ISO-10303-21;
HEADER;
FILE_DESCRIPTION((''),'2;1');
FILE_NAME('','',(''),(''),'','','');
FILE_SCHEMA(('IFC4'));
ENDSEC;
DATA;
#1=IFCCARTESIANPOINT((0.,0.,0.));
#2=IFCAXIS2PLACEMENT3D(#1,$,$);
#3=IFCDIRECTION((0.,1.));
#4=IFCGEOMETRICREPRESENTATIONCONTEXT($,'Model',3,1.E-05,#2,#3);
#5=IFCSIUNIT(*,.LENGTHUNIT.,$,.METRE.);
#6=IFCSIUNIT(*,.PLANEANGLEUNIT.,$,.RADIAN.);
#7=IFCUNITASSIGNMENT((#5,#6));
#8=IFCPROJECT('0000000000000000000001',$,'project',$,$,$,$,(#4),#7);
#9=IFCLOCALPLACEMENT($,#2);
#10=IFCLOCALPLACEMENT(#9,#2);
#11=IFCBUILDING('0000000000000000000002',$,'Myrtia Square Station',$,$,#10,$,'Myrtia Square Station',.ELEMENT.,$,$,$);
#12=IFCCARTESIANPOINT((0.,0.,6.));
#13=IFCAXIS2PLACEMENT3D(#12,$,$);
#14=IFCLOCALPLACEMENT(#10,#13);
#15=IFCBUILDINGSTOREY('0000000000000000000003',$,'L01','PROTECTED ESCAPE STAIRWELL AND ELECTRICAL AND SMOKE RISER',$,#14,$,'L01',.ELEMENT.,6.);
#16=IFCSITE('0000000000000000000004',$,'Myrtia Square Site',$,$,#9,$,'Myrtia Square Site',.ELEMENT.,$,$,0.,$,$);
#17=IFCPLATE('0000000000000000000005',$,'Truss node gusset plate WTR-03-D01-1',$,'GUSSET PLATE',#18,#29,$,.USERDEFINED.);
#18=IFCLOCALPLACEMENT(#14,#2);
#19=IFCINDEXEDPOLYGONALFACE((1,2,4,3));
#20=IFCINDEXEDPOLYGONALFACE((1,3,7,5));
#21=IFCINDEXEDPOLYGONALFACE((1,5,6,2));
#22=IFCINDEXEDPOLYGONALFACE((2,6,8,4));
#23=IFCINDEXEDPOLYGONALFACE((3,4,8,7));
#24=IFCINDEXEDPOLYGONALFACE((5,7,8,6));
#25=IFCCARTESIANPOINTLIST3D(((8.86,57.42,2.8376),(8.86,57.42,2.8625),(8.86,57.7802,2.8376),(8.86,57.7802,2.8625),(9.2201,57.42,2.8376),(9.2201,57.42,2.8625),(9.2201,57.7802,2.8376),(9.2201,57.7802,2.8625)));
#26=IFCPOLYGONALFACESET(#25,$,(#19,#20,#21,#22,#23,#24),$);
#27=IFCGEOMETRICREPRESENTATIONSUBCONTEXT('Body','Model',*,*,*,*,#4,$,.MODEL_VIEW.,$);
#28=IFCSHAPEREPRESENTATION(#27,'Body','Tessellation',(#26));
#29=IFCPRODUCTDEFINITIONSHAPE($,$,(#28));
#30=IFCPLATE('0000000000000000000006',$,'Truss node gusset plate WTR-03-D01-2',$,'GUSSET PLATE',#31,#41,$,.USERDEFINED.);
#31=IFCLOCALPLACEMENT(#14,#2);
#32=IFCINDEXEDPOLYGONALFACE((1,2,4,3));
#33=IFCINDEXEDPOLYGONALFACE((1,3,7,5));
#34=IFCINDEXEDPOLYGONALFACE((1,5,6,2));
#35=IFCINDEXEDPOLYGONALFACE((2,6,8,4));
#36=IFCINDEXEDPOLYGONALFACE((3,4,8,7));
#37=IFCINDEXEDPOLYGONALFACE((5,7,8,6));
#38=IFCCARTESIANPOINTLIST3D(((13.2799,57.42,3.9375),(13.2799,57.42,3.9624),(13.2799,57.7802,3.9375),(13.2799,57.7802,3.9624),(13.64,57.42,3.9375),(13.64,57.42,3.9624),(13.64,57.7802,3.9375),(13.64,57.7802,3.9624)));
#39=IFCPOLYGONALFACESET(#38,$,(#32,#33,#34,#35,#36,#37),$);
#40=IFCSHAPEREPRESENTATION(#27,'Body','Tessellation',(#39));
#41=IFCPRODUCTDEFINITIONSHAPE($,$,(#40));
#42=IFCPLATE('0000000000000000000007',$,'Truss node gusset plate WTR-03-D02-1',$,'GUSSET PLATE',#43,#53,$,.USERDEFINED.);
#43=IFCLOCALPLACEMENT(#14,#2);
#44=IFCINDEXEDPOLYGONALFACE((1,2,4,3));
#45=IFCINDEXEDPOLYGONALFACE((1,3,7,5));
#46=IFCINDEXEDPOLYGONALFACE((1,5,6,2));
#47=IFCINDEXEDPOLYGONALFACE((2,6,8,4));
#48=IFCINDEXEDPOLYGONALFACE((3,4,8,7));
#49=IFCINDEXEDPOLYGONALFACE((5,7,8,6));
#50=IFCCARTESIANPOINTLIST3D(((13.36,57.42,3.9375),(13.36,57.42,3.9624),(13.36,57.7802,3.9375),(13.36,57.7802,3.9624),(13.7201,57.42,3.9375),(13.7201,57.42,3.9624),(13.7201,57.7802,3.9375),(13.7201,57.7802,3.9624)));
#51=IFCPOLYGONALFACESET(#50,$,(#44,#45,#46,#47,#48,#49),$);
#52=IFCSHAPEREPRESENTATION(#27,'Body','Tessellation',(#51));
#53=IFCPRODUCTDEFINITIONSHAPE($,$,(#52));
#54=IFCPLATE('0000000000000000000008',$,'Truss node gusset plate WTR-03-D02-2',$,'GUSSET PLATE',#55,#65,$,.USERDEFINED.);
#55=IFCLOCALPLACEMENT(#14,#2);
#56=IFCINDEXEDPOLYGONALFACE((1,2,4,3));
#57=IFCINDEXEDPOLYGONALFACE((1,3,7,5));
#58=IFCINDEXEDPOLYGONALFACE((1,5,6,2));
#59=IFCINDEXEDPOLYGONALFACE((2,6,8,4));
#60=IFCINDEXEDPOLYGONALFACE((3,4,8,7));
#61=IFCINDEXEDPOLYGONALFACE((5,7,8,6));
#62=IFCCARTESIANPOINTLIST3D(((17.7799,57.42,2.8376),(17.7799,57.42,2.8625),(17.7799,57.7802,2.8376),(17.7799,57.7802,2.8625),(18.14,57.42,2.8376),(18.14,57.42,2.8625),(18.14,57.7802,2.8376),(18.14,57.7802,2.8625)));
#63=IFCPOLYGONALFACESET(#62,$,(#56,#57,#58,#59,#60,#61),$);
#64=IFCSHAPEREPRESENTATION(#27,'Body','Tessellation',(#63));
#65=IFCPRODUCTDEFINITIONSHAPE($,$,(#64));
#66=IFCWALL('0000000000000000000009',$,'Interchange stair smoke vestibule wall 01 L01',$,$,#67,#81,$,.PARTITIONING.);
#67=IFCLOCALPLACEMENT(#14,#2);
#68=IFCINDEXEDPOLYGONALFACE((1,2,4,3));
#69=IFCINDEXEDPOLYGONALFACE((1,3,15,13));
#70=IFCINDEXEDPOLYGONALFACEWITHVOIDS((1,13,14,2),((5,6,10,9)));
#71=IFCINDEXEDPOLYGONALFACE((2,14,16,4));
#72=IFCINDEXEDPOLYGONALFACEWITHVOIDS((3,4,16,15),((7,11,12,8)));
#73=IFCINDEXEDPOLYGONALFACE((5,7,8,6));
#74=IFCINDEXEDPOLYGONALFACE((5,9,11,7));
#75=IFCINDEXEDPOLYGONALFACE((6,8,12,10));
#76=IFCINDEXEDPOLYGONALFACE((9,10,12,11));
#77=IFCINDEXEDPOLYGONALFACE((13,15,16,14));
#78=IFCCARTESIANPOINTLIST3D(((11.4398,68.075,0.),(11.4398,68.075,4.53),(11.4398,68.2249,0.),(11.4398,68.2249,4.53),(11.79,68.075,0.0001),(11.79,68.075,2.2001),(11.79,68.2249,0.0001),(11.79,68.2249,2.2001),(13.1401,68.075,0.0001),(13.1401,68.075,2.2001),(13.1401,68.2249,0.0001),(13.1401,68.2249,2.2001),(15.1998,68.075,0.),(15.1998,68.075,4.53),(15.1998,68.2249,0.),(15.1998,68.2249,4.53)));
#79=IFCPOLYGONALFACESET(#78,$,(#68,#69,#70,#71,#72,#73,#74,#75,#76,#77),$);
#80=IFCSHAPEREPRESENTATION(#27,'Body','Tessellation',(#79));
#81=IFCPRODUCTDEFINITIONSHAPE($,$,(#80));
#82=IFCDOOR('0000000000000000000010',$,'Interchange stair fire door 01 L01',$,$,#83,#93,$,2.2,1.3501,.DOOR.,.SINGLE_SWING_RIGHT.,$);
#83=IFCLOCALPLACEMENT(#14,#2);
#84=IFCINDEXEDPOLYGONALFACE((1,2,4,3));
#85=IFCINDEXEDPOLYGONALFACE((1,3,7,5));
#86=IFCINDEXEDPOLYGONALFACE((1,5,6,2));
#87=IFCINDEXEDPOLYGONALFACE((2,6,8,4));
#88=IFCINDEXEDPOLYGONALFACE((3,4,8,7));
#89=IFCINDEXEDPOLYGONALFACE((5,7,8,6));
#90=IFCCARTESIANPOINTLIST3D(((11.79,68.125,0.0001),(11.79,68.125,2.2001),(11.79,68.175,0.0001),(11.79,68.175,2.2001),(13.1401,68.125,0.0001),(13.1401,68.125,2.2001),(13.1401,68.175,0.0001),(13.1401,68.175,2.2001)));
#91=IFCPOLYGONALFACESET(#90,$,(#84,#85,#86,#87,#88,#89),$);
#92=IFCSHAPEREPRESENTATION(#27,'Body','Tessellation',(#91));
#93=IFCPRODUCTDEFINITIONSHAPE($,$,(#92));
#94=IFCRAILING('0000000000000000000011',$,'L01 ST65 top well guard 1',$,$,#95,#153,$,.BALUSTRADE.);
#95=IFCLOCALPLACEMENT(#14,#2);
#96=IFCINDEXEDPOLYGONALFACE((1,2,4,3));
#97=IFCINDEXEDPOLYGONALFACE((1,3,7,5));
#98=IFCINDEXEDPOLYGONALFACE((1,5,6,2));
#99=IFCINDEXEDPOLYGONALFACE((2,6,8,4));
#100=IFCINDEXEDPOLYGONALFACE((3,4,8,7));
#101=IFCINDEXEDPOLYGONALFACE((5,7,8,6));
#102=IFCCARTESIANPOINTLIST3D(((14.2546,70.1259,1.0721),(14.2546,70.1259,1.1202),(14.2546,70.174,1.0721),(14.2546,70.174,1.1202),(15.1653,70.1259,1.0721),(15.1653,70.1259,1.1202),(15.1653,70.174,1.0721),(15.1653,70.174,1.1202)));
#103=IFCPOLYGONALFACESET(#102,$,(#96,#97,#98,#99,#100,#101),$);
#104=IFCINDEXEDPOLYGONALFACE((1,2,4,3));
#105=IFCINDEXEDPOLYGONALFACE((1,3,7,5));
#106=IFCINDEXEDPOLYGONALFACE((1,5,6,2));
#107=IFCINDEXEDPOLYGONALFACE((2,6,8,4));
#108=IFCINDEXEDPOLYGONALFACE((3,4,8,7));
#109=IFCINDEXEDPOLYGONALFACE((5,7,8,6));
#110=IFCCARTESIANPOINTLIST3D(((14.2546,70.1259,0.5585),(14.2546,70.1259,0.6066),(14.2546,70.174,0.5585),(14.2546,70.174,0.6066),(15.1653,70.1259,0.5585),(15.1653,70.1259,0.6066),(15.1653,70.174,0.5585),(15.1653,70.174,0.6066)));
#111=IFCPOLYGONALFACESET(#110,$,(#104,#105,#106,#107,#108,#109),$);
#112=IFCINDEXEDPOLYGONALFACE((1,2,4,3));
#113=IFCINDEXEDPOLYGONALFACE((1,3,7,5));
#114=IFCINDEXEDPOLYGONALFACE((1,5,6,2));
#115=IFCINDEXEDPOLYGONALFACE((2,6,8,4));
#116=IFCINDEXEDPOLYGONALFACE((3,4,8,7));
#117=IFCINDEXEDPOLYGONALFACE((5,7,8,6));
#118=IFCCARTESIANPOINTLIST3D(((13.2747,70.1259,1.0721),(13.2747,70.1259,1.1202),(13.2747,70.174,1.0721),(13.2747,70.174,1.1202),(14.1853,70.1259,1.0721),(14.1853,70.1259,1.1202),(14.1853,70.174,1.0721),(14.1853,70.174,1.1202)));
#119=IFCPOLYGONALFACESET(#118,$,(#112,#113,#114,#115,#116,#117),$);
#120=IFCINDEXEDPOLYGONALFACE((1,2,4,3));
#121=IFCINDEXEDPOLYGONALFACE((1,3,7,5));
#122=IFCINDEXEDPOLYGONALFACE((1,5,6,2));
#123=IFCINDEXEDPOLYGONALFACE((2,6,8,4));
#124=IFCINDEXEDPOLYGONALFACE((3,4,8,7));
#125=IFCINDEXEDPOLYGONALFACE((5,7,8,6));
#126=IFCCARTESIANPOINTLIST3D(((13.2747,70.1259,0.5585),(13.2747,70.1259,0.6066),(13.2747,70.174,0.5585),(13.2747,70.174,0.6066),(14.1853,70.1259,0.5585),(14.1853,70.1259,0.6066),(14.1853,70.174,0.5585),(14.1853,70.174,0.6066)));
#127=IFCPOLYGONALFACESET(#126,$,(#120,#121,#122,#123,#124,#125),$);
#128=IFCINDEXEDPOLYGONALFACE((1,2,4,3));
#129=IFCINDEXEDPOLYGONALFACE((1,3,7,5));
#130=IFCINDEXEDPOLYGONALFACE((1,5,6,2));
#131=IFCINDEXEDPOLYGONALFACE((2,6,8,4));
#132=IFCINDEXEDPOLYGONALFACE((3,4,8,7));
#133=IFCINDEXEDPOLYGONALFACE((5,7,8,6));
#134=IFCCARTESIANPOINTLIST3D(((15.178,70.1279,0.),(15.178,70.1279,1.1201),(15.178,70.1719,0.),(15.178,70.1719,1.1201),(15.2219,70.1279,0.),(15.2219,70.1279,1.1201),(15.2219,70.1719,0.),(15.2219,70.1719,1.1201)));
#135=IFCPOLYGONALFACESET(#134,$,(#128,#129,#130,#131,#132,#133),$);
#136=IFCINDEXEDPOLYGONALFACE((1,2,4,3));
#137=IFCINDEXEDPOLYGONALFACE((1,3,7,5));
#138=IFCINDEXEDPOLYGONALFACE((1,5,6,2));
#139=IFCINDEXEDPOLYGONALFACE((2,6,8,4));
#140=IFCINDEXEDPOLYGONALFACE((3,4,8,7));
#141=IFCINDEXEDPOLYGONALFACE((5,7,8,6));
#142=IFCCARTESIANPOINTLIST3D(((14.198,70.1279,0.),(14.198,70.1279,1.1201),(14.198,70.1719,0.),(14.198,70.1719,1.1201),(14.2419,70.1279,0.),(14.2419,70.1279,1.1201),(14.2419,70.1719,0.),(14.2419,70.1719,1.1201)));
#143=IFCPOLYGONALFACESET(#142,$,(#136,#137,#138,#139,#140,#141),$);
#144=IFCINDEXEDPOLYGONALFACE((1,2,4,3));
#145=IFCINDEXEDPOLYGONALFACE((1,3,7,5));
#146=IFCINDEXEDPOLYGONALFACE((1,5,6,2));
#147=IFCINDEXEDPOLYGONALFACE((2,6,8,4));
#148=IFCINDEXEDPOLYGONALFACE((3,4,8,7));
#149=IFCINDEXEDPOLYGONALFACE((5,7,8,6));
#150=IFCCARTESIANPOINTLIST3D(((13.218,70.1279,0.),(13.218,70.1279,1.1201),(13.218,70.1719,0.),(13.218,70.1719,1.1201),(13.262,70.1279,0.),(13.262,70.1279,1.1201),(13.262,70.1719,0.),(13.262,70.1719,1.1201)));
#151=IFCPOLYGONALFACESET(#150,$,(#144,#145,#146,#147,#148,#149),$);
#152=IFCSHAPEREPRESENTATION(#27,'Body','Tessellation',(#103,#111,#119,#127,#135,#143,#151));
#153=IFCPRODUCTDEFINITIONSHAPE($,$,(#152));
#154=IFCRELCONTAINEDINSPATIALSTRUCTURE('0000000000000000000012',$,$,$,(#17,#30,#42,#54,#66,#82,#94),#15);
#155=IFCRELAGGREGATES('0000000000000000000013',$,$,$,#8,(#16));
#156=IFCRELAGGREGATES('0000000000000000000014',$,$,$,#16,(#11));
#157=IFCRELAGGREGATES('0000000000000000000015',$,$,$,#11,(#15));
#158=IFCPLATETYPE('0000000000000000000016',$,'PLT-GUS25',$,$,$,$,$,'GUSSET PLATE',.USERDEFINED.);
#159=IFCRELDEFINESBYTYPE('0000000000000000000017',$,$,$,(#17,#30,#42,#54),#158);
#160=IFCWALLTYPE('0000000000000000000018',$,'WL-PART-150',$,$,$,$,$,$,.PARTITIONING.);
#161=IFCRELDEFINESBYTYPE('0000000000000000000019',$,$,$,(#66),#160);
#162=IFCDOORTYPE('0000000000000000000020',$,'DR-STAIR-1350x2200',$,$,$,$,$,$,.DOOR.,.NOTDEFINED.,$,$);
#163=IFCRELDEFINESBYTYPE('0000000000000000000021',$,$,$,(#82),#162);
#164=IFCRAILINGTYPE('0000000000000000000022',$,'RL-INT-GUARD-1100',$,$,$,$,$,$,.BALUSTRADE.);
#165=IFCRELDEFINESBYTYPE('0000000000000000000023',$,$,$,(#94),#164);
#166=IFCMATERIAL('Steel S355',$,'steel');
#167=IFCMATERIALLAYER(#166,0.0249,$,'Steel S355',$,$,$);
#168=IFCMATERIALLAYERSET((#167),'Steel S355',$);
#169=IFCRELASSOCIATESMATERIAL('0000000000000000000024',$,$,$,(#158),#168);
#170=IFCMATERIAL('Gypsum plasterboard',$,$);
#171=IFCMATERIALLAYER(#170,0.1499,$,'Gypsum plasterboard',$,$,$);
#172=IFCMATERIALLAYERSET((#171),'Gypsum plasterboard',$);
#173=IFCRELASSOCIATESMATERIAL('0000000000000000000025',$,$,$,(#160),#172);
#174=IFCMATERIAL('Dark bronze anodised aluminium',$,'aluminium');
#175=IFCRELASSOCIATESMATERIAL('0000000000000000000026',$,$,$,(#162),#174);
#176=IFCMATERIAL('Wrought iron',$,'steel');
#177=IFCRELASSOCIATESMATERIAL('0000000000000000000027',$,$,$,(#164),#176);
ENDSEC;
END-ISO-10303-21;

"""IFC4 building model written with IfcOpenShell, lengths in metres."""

from ifc_helpers import new_model, si_unit, direction, frame, frame_2d, origin, origin_2d, place, context, subcontext, project, spatial, rectangle, extrude, material, layer, layer_set, type_object, element, fill, save


model = new_model("IFC4")

# Units and contexts
model_context = context("Model", 3, precision=1e-05, world=origin(), true_north=direction((0.0, 1.0)))
body_context = subcontext(model_context, "Body", "Model", "MODEL_VIEW")
ifc_project = project(units=[si_unit("LENGTHUNIT", "METRE"), si_unit("PLANEANGLEUNIT", "RADIAN")], contexts=[model_context])

# Site, building, storey
site_placement = place(None, origin())
site = spatial("IfcSite", under=ifc_project, at=site_placement, Name="Myrtia Square Site", LongName="Myrtia Square Site", CompositionType="ELEMENT", RefElevation=0.0)
building_placement = place(site_placement, origin())
building = spatial("IfcBuilding", under=site, at=building_placement, Name="Myrtia Square Station", LongName="Myrtia Square Station", CompositionType="ELEMENT")
storey_placement = place(building_placement, frame((0.0, 0.0, 6.0)))
storey = spatial("IfcBuildingStorey", under=building, at=storey_placement, Name="L01", Description="PROTECTED ESCAPE STAIRWELL AND ELECTRICAL AND SMOKE RISER", LongName="L01", CompositionType="ELEMENT", Elevation=6.0)

# Shared definitions
ifc_material_1 = material(Name="Steel S355", Category="steel")

# Plates
ifc_layer_1 = layer(ifc_material_1, 0.0249, Name="Steel S355")
ifc_layer_set_1 = layer_set([ifc_layer_1], Name="Steel S355")
plate_type = type_object("IfcPlateType", Name="PLT-GUS25", ElementType="GUSSET PLATE", PredefinedType="USERDEFINED", material=ifc_layer_set_1)
for number, where, z_axis, x_axis, name in (
    (1, (9.04, 57.6001, 2.8376), (0.0, 0.0, 1.0), (1.0, 0.0, 0.0), "Truss node gusset plate WTR-03-D01-1"),
    (2, (13.46, 57.6001, 3.9375), (0.0, 0.0, 1.0), (1.0, 0.0, 0.0), "Truss node gusset plate WTR-03-D01-2"),
    (3, (13.54, 57.6001, 3.9375), (0.0, 0.0, 1.0), (1.0, 0.0, 0.0), "Truss node gusset plate WTR-03-D02-1"),
    (4, (17.96, 57.6001, 2.8376), (0.0, 0.0, 1.0), (1.0, 0.0, 0.0), "Truss node gusset plate WTR-03-D02-2"),
):
    element("IfcPlate", number, at=place(storey_placement, frame(where, z_axis=z_axis, x_axis=x_axis)), inside=storey, type_object=plate_type, Name=name, ObjectType="GUSSET PLATE", PredefinedType="USERDEFINED", context=body_context, shape_type="SweptSolid", body=[
        extrude(rectangle(XDim=0.3601, YDim=0.3601, at=origin_2d()), origin(), (0.0, 0.0, 1.0), 0.0249),
    ])

# Wall, opening, door
ifc_material_2 = material(Name="Gypsum plasterboard")
ifc_layer_2 = layer(ifc_material_2, 0.1499, Name="Gypsum plasterboard")
ifc_layer_set_2 = layer_set([ifc_layer_2], Name="Gypsum plasterboard")
wall_type = type_object("IfcWallType", Name="WL-PART-150", PredefinedType="PARTITIONING", material=ifc_layer_set_2)
wall_placement = place(storey_placement, frame((11.4399, 68.1499, 0.0), z_axis=(0.0, 0.0, 1.0), x_axis=(1.0, 0.0, 0.0)))
wall = element("IfcWall", 5, at=wall_placement, inside=storey, type_object=wall_type, Name="Interchange stair smoke vestibule wall 01 L01", PredefinedType="PARTITIONING", context=body_context, shape_type="SweptSolid", body=[
    extrude(rectangle(XDim=3.76, YDim=0.1499, at=frame_2d((1.8799, 0.0))), origin(), (0.0, 0.0, 1.0), 4.53),
])
opening_placement = place(wall_placement, frame((0.3501, 0.0, 0.0)))
opening = element("IfcOpeningElement", 6, at=opening_placement, cuts=wall, PredefinedType="OPENING", context=body_context, shape_type="SweptSolid", body=[
    extrude(rectangle(XDim=1.3501, YDim=2.2, at=frame_2d((0.675, 1.1001))), frame((0.0, 0.0898, 0.0), z_axis=(0.0, -1.0, 0.0), x_axis=(1.0, 0.0, 0.0)), (0.0, 0.0, 1.0), 0.1799),
])
ifc_material_3 = material(Name="Dark bronze anodised aluminium", Category="aluminium")
door_type = type_object("IfcDoorType", Name="DR-STAIR-1350x2200", OperationType="NOTDEFINED", PredefinedType="DOOR", material=ifc_material_3)
door_placement = place(opening_placement, frame((1.3501, 0.0, 0.0), z_axis=(0.0, 0.0, 1.0), x_axis=(-1.0, 0.0, 0.0)))
door = element("IfcDoor", 7, at=door_placement, inside=storey, type_object=door_type, Name="Interchange stair fire door 01 L01", OperationType="SINGLE_SWING_RIGHT", OverallHeight=2.2, OverallWidth=1.3501, PredefinedType="DOOR", context=body_context, shape_type="SweptSolid", body=[
    extrude(rectangle(XDim=1.3501, YDim=2.2, at=frame_2d((0.675, 1.1001))), frame((0.0, 0.0249, 0.0), z_axis=(0.0, -1.0, 0.0), x_axis=(1.0, 0.0, 0.0)), (0.0, 0.0, 1.0), 0.05),
])
fill(opening, door)

# Railing
ifc_material_4 = material(Name="Wrought iron", Category="steel")
railing_type = type_object("IfcRailingType", Name="RL-INT-GUARD-1100", PredefinedType="BALUSTRADE", material=ifc_material_4)
railing_1_placement = place(storey_placement, frame((15.2, 70.1499, 0.0)))
element("IfcRailing", 8, at=railing_1_placement, inside=storey, type_object=railing_type, Name="L01 ST65 top well guard 1", PredefinedType="BALUSTRADE", context=body_context, shape_type="SweptSolid", body=[
    extrude(rectangle(XDim=0.0481, YDim=0.0481, at=origin_2d()), frame((-0.0347, 0.0, 1.0962), z_axis=(-1.0, 0.0, 0.0), x_axis=(0.0, -1.0, 0.0)), (0.0, 0.0, 1.0), 0.9106),
    extrude(rectangle(XDim=0.0481, YDim=0.0481, at=origin_2d()), frame((-0.0347, 0.0, 0.5825), z_axis=(-1.0, 0.0, 0.0), x_axis=(0.0, -1.0, 0.0)), (0.0, 0.0, 1.0), 0.9106),
    extrude(rectangle(XDim=0.0481, YDim=0.0481, at=origin_2d()), frame((-1.0146, 0.0, 1.0962), z_axis=(-1.0, 0.0, 0.0), x_axis=(0.0, -1.0, 0.0)), (0.0, 0.0, 1.0), 0.9106),
    extrude(rectangle(XDim=0.0481, YDim=0.0481, at=origin_2d()), frame((-1.0146, 0.0, 0.5825), z_axis=(-1.0, 0.0, 0.0), x_axis=(0.0, -1.0, 0.0)), (0.0, 0.0, 1.0), 0.9106),
    extrude(rectangle(XDim=0.0439, YDim=0.0439, at=origin_2d()), origin(), (0.0, 0.0, 1.0), 1.1201),
    extrude(rectangle(XDim=0.0439, YDim=0.0439, at=origin_2d()), frame((-0.98, 0.0, 0.0)), (0.0, 0.0, 1.0), 1.1201),
    extrude(rectangle(XDim=0.0439, YDim=0.0439, at=origin_2d()), frame((-1.96, 0.0, 0.0)), (0.0, 0.0, 1.0), 1.1201),
])

save(model, "model.ifc")
